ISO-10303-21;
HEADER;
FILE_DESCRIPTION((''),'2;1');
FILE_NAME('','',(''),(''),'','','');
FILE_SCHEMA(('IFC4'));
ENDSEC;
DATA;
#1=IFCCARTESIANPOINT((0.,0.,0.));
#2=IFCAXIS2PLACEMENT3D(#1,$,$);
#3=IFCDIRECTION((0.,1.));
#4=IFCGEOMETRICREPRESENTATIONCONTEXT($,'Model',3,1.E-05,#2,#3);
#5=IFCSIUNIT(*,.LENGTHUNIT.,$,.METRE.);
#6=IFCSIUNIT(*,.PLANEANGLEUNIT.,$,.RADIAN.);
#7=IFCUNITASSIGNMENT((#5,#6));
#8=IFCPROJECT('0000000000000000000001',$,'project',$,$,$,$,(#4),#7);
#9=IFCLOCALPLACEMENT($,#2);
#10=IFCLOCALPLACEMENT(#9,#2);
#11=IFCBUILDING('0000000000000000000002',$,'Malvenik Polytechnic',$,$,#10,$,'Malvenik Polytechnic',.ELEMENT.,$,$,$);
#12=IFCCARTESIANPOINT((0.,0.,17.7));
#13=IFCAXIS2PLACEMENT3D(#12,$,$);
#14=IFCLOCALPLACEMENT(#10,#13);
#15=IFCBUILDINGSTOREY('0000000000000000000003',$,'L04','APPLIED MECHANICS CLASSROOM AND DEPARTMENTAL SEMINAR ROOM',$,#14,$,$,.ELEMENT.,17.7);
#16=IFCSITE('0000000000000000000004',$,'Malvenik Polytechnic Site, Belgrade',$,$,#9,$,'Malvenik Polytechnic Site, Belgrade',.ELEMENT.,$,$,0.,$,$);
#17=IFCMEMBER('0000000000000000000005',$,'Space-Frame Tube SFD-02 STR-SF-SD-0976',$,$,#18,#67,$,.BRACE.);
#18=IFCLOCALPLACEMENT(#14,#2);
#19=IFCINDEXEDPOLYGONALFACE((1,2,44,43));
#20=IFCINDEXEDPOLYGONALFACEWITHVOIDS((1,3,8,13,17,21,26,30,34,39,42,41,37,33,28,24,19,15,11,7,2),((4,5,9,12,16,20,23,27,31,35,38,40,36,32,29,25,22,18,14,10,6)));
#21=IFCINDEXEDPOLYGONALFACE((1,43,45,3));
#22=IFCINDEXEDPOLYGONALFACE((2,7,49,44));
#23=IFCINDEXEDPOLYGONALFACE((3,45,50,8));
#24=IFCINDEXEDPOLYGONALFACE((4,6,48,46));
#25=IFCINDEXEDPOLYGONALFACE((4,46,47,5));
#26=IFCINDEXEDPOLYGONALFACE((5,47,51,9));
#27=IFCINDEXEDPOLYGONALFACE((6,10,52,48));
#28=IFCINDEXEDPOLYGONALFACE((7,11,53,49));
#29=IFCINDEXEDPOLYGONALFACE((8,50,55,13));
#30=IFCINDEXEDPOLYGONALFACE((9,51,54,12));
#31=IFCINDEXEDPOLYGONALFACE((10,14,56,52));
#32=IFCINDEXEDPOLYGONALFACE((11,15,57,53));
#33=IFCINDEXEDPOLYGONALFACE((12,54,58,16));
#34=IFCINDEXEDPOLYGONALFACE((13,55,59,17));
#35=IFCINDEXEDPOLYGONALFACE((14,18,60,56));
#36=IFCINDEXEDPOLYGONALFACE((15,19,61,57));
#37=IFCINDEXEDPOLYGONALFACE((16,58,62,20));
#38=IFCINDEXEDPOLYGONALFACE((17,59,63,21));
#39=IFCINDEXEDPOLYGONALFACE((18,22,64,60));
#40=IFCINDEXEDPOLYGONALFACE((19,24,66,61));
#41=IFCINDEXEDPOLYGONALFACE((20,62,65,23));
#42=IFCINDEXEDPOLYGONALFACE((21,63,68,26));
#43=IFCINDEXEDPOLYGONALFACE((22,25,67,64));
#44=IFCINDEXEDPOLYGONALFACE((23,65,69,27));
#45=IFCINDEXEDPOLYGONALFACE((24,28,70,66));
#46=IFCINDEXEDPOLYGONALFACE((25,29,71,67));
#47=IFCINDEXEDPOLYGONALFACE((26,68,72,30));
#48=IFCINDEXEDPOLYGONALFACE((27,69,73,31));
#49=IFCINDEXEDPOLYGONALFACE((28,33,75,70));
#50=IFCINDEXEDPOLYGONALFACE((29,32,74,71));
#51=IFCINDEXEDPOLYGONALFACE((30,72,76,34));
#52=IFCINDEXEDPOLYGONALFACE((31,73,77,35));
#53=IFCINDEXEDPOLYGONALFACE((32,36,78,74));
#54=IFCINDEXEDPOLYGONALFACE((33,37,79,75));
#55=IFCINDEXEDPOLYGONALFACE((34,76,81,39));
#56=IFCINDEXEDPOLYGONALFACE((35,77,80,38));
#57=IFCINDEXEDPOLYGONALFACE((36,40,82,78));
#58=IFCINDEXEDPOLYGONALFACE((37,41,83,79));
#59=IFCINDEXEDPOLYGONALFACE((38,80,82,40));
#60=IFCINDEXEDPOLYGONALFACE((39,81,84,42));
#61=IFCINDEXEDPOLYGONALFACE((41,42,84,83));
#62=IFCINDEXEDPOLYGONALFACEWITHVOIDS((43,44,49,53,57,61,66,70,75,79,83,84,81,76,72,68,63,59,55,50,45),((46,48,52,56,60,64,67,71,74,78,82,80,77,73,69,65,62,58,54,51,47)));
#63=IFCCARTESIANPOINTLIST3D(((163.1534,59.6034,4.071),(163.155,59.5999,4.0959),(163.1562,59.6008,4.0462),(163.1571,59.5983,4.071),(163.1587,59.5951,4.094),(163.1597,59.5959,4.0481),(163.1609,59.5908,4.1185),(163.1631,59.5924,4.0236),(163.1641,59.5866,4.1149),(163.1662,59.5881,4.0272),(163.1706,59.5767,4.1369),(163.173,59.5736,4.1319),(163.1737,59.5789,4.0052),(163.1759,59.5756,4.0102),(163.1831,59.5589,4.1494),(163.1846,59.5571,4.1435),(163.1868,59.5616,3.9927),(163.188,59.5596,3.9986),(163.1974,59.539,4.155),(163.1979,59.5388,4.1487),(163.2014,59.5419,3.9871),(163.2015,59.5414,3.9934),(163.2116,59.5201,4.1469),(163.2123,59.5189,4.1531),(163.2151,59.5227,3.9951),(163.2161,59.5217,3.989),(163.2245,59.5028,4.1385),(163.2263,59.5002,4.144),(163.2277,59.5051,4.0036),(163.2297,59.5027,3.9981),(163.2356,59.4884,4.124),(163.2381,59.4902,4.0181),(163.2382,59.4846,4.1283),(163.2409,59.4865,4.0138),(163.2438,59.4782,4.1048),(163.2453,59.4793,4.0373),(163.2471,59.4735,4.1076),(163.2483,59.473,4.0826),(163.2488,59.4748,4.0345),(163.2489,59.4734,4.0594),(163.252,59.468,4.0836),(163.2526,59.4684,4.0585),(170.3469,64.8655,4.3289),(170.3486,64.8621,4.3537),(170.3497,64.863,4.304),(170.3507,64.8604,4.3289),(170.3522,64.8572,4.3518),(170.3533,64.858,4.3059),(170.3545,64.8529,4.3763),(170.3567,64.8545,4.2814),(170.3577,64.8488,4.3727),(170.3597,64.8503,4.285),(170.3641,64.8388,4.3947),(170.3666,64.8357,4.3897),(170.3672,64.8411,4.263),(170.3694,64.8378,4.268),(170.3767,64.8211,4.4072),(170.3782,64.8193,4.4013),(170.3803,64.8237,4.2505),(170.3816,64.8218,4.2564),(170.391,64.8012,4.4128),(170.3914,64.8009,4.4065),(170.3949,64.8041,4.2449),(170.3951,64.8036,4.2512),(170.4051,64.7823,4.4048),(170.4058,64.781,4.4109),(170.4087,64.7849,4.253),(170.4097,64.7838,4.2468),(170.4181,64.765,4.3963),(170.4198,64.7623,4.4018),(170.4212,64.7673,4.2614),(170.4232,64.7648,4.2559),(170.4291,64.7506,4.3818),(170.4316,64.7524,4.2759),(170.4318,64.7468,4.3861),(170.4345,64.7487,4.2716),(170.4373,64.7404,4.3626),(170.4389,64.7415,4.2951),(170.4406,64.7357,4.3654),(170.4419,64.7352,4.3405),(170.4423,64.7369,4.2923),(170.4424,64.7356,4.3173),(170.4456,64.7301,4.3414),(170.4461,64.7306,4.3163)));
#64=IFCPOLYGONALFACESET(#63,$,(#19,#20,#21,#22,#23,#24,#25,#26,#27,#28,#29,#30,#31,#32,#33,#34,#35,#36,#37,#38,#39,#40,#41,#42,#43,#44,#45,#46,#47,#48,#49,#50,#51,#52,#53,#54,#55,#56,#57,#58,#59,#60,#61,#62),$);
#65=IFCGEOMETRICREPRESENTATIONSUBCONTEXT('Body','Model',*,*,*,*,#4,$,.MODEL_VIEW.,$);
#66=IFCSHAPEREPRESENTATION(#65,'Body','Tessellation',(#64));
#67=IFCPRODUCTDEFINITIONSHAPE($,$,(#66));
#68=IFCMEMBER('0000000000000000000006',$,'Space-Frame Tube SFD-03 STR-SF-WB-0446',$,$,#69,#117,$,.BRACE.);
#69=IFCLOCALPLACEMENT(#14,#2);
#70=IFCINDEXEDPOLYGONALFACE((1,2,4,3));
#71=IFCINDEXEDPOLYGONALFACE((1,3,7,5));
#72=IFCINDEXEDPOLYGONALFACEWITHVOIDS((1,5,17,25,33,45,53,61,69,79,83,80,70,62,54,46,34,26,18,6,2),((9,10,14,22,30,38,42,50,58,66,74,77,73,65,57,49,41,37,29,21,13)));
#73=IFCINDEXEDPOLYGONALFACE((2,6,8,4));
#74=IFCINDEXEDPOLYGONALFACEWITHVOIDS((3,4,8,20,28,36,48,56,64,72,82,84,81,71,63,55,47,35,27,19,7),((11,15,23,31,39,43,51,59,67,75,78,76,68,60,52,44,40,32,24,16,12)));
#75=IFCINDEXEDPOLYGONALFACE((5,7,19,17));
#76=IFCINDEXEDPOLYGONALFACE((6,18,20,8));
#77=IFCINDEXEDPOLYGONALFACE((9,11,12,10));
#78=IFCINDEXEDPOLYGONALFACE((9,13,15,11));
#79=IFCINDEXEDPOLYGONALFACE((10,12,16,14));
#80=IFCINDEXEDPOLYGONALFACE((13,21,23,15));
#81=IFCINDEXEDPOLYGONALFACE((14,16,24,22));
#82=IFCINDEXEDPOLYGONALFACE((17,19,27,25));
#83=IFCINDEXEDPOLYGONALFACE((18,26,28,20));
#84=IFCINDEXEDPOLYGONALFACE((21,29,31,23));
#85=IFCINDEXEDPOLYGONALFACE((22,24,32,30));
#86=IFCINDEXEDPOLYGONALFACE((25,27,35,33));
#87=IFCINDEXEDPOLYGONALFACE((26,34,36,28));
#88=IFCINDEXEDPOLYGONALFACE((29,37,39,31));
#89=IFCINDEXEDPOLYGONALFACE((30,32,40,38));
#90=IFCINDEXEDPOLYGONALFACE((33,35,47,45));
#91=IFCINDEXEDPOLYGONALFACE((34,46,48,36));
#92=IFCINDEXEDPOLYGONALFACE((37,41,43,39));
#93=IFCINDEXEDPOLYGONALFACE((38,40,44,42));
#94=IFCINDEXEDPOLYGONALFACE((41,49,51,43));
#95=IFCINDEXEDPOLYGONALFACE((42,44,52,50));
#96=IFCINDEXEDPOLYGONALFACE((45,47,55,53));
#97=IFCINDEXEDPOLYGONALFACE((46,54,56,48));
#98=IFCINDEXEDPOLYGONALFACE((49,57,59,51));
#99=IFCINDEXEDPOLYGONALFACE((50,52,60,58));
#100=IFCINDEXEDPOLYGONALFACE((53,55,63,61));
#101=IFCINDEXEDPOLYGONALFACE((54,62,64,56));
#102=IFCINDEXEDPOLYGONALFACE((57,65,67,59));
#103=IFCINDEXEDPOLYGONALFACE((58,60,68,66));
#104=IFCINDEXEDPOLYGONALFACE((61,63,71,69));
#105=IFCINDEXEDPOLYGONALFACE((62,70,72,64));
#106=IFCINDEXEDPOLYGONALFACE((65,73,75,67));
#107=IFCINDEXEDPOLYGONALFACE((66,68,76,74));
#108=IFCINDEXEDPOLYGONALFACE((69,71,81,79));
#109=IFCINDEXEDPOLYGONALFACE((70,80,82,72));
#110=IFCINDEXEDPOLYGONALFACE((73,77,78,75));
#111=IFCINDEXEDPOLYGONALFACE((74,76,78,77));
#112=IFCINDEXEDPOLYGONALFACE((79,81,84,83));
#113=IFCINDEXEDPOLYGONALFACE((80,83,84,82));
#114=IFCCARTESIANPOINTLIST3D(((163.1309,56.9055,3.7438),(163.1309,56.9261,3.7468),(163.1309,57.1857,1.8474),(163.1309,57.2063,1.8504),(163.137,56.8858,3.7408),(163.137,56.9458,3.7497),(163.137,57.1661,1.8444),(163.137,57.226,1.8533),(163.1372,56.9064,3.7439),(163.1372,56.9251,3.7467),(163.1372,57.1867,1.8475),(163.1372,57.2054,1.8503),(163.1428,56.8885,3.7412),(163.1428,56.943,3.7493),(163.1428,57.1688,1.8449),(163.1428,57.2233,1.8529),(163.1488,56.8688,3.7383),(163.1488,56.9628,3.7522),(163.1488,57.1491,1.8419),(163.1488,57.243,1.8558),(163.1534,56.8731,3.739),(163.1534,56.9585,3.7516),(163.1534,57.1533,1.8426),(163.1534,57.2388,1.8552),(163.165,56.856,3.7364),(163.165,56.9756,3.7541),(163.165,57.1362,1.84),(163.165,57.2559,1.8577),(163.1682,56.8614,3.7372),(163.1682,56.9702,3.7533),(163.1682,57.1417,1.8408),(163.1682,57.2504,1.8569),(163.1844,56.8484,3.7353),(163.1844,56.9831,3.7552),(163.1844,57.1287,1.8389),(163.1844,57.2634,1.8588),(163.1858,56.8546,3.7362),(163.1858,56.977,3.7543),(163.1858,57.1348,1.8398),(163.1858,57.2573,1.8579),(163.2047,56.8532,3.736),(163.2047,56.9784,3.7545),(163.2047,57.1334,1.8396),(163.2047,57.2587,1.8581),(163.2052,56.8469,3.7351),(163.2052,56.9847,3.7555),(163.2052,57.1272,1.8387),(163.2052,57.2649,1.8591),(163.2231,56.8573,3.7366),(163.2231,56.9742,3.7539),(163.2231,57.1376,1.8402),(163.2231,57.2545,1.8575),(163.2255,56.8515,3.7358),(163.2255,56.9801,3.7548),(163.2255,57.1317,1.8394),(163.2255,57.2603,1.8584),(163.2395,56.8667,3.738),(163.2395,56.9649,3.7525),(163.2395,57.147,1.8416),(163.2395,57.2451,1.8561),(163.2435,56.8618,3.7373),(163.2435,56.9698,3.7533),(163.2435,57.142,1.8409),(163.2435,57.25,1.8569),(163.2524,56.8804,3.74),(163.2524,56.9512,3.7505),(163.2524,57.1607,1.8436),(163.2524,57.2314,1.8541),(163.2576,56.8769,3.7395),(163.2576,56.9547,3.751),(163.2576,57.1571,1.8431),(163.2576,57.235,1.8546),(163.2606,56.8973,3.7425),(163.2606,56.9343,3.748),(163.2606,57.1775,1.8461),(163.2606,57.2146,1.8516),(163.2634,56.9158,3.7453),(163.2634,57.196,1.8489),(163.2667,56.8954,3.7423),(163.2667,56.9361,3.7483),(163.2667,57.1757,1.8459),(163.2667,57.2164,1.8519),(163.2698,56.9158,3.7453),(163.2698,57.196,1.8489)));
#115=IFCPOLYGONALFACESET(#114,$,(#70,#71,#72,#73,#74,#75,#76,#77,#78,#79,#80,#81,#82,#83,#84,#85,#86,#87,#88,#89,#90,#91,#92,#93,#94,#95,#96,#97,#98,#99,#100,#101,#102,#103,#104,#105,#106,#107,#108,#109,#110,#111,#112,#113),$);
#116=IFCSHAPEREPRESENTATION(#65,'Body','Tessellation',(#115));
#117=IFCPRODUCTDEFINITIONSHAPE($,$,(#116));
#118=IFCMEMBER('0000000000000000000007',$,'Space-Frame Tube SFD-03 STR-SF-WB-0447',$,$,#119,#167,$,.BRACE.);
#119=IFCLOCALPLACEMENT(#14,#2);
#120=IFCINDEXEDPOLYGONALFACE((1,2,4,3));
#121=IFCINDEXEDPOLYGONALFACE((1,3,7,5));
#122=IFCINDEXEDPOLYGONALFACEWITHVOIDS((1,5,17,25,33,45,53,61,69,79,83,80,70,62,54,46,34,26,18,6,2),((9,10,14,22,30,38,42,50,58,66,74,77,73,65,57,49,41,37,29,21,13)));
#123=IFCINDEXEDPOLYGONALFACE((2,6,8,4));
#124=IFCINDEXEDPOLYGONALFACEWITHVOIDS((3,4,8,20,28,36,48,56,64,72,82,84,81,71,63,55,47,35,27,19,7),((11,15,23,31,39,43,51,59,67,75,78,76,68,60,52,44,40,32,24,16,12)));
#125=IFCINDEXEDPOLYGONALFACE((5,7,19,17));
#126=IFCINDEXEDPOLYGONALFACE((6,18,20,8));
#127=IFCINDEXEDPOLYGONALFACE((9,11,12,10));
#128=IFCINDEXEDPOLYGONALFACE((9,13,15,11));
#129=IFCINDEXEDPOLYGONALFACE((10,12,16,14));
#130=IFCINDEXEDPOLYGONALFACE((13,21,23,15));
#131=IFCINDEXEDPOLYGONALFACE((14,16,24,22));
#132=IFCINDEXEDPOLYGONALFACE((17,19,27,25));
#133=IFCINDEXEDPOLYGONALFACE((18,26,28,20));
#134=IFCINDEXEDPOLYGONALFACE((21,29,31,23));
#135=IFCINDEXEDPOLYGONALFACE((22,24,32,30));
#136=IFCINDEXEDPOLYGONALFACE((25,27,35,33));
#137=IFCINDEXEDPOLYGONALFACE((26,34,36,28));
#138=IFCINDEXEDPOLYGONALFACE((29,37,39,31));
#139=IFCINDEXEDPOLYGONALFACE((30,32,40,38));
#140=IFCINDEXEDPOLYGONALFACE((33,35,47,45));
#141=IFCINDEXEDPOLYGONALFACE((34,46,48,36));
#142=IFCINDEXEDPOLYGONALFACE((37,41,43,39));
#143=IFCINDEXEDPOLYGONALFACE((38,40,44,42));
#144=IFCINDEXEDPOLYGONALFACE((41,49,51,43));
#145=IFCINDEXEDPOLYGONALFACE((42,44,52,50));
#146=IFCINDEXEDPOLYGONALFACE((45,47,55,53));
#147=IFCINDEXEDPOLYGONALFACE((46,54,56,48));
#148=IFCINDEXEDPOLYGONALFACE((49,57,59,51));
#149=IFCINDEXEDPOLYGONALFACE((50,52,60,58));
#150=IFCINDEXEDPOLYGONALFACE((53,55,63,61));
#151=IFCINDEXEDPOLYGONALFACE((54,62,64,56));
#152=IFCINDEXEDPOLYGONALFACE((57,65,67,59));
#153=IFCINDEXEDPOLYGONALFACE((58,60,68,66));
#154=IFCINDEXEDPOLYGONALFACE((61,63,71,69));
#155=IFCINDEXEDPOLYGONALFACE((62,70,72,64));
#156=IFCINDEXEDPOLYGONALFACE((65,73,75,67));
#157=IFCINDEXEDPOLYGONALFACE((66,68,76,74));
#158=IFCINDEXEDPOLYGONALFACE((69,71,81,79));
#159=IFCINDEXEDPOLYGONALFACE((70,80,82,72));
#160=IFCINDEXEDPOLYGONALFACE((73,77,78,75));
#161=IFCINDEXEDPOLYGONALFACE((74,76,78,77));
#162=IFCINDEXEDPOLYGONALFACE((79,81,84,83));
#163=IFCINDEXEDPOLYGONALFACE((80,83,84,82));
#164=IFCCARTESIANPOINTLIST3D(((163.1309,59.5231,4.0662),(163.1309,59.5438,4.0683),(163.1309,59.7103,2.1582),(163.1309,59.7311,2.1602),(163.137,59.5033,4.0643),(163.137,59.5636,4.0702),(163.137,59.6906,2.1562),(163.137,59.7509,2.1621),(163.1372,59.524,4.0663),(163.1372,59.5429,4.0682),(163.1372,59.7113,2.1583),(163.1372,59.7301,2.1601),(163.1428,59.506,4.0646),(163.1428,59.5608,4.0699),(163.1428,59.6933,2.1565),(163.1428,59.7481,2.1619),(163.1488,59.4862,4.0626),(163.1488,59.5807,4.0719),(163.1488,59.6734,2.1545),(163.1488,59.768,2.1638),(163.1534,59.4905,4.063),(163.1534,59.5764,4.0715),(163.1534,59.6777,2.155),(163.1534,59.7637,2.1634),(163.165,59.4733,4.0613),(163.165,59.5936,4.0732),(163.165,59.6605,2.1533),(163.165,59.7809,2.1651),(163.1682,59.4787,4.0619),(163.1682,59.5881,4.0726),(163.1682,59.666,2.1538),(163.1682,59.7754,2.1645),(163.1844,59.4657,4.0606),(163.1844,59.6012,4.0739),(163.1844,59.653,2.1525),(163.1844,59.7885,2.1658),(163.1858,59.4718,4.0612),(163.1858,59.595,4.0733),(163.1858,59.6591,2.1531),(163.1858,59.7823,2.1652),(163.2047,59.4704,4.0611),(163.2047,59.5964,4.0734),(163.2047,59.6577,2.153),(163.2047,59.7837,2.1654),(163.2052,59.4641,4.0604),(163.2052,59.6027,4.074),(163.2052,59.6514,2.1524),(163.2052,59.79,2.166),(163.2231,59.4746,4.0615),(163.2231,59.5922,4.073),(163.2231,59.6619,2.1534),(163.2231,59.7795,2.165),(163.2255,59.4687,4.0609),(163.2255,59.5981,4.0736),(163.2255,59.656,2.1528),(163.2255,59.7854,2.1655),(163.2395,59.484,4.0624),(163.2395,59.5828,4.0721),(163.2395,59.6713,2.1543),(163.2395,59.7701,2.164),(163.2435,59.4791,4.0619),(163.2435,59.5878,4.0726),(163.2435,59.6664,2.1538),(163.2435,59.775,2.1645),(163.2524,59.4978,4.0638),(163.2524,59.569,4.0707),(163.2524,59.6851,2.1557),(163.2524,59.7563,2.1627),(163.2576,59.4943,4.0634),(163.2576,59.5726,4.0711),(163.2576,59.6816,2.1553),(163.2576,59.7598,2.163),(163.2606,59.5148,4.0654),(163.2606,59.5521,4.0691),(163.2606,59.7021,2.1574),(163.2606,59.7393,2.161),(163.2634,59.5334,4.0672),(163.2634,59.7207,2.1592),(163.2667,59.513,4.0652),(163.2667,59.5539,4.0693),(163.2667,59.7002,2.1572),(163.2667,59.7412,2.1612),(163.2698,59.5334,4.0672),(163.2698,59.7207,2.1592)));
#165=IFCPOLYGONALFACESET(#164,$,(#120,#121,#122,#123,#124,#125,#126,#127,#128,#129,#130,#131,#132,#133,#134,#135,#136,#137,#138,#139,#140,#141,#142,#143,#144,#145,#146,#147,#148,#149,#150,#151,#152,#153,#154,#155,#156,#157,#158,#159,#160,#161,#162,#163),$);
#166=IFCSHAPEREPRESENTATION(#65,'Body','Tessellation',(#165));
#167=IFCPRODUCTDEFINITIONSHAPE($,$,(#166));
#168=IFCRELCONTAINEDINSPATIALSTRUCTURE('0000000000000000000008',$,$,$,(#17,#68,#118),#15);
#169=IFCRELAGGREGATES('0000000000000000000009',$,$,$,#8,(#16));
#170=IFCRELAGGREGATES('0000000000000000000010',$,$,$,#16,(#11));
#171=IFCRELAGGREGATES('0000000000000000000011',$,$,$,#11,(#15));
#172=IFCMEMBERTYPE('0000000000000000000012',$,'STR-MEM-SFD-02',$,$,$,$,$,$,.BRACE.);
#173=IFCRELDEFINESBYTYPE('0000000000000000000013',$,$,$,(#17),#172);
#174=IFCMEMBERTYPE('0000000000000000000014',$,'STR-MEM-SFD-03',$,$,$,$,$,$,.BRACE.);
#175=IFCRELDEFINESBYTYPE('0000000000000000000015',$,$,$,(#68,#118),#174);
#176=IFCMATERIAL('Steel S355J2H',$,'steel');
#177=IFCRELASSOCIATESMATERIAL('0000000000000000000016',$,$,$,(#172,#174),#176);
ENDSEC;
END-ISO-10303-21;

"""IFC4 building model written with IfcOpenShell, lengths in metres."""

from ifc_helpers import new_model, si_unit, direction, frame, origin, origin_2d, place, context, subcontext, project, spatial, hollow_circle, extrude, material, material_profile, profile_set, type_object, element, save


model = new_model("IFC4")

# Units and contexts
model_context = context("Model", 3, precision=1e-05, world=origin(), true_north=direction((0.0, 1.0)))
body_context = subcontext(model_context, "Body", "Model", "MODEL_VIEW")
ifc_project = project(units=[si_unit("LENGTHUNIT", "METRE"), si_unit("PLANEANGLEUNIT", "RADIAN")], contexts=[model_context])

# Site, building, storey
site_placement = place(None, origin())
site = spatial("IfcSite", under=ifc_project, at=site_placement, Name="Malvenik Polytechnic Site, Belgrade", LongName="Malvenik Polytechnic Site, Belgrade", CompositionType="ELEMENT", RefElevation=0.0)
building_placement = place(site_placement, origin())
building = spatial("IfcBuilding", under=site, at=building_placement, Name="Malvenik Polytechnic", LongName="Malvenik Polytechnic", CompositionType="ELEMENT")
storey_placement = place(building_placement, frame((0.0, 0.0, 17.7)))
storey = spatial("IfcBuildingStorey", under=building, at=storey_placement, Name="L04", Description="APPLIED MECHANICS CLASSROOM AND DEPARTMENTAL SEMINAR ROOM", CompositionType="ELEMENT", Elevation=17.7)

# Members
ifc_material_1 = material(Name="Steel S355J2H", Category="steel")
ifc_material_profile_1 = material_profile(ifc_material_1, hollow_circle(Radius=0.0842, WallThickness=0.0063, at=origin_2d()), Name="CHS 168.3x6.3")
ifc_profile_set_1 = profile_set([ifc_material_profile_1], Name="Steel S355J2H")
member_type_1 = type_object("IfcMemberType", Name="STR-MEM-SFD-02", PredefinedType="BRACE", material=ifc_profile_set_1)
member_1_placement = place(storey_placement, frame((163.2031, 59.5354, 4.071), z_axis=(0.806768, 0.59016, 0.028914), x_axis=(-0.590407, 0.807105, 0.0)))
element("IfcMember", 1, at=member_1_placement, inside=storey, type_object=member_type_1, Name="Space-Frame Tube SFD-02 STR-SF-SD-0976", PredefinedType="BRACE", context=body_context, shape_type="SweptSolid", body=[
    extrude(hollow_circle(Radius=0.0842, WallThickness=0.0063, at=origin_2d()), origin(), (0.0, 0.0, 1.0), 8.9165),
])
ifc_material_profile_2 = material_profile(ifc_material_1, hollow_circle(Radius=0.0698, WallThickness=0.0063, at=origin_2d()), Name="CHS 139.7x6.3")
ifc_profile_set_2 = profile_set([ifc_material_profile_2], Name="Steel S355J2H")
member_type_2 = type_object("IfcMemberType", Name="STR-MEM-SFD-03", PredefinedType="BRACE", material=ifc_profile_set_2)
member_2_placement = place(storey_placement, frame((163.2, 57.196, 1.8489), z_axis=(0.0, -0.146198, 0.989255), x_axis=(1.0, 0.0, 0.0)))
element("IfcMember", 2, at=member_2_placement, inside=storey, type_object=member_type_2, Name="Space-Frame Tube SFD-03 STR-SF-WB-0446", PredefinedType="BRACE", context=body_context, shape_type="SweptSolid", body=[
    extrude(hollow_circle(Radius=0.0698, WallThickness=0.0063, at=origin_2d()), origin(), (0.0, 0.0, 1.0), 1.917),
])
member_3_placement = place(storey_placement, frame((163.2, 59.7207, 2.1592), z_axis=(0.0, -0.097675, 0.995218), x_axis=(1.0, 0.0, 0.0)))
element("IfcMember", 3, at=member_3_placement, inside=storey, type_object=member_type_2, Name="Space-Frame Tube SFD-03 STR-SF-WB-0447", PredefinedType="BRACE", context=body_context, shape_type="SweptSolid", body=[
    extrude(hollow_circle(Radius=0.0698, WallThickness=0.0063, at=origin_2d()), origin(), (0.0, 0.0, 1.0), 1.9172),
])

save(model, "model.ifc")
